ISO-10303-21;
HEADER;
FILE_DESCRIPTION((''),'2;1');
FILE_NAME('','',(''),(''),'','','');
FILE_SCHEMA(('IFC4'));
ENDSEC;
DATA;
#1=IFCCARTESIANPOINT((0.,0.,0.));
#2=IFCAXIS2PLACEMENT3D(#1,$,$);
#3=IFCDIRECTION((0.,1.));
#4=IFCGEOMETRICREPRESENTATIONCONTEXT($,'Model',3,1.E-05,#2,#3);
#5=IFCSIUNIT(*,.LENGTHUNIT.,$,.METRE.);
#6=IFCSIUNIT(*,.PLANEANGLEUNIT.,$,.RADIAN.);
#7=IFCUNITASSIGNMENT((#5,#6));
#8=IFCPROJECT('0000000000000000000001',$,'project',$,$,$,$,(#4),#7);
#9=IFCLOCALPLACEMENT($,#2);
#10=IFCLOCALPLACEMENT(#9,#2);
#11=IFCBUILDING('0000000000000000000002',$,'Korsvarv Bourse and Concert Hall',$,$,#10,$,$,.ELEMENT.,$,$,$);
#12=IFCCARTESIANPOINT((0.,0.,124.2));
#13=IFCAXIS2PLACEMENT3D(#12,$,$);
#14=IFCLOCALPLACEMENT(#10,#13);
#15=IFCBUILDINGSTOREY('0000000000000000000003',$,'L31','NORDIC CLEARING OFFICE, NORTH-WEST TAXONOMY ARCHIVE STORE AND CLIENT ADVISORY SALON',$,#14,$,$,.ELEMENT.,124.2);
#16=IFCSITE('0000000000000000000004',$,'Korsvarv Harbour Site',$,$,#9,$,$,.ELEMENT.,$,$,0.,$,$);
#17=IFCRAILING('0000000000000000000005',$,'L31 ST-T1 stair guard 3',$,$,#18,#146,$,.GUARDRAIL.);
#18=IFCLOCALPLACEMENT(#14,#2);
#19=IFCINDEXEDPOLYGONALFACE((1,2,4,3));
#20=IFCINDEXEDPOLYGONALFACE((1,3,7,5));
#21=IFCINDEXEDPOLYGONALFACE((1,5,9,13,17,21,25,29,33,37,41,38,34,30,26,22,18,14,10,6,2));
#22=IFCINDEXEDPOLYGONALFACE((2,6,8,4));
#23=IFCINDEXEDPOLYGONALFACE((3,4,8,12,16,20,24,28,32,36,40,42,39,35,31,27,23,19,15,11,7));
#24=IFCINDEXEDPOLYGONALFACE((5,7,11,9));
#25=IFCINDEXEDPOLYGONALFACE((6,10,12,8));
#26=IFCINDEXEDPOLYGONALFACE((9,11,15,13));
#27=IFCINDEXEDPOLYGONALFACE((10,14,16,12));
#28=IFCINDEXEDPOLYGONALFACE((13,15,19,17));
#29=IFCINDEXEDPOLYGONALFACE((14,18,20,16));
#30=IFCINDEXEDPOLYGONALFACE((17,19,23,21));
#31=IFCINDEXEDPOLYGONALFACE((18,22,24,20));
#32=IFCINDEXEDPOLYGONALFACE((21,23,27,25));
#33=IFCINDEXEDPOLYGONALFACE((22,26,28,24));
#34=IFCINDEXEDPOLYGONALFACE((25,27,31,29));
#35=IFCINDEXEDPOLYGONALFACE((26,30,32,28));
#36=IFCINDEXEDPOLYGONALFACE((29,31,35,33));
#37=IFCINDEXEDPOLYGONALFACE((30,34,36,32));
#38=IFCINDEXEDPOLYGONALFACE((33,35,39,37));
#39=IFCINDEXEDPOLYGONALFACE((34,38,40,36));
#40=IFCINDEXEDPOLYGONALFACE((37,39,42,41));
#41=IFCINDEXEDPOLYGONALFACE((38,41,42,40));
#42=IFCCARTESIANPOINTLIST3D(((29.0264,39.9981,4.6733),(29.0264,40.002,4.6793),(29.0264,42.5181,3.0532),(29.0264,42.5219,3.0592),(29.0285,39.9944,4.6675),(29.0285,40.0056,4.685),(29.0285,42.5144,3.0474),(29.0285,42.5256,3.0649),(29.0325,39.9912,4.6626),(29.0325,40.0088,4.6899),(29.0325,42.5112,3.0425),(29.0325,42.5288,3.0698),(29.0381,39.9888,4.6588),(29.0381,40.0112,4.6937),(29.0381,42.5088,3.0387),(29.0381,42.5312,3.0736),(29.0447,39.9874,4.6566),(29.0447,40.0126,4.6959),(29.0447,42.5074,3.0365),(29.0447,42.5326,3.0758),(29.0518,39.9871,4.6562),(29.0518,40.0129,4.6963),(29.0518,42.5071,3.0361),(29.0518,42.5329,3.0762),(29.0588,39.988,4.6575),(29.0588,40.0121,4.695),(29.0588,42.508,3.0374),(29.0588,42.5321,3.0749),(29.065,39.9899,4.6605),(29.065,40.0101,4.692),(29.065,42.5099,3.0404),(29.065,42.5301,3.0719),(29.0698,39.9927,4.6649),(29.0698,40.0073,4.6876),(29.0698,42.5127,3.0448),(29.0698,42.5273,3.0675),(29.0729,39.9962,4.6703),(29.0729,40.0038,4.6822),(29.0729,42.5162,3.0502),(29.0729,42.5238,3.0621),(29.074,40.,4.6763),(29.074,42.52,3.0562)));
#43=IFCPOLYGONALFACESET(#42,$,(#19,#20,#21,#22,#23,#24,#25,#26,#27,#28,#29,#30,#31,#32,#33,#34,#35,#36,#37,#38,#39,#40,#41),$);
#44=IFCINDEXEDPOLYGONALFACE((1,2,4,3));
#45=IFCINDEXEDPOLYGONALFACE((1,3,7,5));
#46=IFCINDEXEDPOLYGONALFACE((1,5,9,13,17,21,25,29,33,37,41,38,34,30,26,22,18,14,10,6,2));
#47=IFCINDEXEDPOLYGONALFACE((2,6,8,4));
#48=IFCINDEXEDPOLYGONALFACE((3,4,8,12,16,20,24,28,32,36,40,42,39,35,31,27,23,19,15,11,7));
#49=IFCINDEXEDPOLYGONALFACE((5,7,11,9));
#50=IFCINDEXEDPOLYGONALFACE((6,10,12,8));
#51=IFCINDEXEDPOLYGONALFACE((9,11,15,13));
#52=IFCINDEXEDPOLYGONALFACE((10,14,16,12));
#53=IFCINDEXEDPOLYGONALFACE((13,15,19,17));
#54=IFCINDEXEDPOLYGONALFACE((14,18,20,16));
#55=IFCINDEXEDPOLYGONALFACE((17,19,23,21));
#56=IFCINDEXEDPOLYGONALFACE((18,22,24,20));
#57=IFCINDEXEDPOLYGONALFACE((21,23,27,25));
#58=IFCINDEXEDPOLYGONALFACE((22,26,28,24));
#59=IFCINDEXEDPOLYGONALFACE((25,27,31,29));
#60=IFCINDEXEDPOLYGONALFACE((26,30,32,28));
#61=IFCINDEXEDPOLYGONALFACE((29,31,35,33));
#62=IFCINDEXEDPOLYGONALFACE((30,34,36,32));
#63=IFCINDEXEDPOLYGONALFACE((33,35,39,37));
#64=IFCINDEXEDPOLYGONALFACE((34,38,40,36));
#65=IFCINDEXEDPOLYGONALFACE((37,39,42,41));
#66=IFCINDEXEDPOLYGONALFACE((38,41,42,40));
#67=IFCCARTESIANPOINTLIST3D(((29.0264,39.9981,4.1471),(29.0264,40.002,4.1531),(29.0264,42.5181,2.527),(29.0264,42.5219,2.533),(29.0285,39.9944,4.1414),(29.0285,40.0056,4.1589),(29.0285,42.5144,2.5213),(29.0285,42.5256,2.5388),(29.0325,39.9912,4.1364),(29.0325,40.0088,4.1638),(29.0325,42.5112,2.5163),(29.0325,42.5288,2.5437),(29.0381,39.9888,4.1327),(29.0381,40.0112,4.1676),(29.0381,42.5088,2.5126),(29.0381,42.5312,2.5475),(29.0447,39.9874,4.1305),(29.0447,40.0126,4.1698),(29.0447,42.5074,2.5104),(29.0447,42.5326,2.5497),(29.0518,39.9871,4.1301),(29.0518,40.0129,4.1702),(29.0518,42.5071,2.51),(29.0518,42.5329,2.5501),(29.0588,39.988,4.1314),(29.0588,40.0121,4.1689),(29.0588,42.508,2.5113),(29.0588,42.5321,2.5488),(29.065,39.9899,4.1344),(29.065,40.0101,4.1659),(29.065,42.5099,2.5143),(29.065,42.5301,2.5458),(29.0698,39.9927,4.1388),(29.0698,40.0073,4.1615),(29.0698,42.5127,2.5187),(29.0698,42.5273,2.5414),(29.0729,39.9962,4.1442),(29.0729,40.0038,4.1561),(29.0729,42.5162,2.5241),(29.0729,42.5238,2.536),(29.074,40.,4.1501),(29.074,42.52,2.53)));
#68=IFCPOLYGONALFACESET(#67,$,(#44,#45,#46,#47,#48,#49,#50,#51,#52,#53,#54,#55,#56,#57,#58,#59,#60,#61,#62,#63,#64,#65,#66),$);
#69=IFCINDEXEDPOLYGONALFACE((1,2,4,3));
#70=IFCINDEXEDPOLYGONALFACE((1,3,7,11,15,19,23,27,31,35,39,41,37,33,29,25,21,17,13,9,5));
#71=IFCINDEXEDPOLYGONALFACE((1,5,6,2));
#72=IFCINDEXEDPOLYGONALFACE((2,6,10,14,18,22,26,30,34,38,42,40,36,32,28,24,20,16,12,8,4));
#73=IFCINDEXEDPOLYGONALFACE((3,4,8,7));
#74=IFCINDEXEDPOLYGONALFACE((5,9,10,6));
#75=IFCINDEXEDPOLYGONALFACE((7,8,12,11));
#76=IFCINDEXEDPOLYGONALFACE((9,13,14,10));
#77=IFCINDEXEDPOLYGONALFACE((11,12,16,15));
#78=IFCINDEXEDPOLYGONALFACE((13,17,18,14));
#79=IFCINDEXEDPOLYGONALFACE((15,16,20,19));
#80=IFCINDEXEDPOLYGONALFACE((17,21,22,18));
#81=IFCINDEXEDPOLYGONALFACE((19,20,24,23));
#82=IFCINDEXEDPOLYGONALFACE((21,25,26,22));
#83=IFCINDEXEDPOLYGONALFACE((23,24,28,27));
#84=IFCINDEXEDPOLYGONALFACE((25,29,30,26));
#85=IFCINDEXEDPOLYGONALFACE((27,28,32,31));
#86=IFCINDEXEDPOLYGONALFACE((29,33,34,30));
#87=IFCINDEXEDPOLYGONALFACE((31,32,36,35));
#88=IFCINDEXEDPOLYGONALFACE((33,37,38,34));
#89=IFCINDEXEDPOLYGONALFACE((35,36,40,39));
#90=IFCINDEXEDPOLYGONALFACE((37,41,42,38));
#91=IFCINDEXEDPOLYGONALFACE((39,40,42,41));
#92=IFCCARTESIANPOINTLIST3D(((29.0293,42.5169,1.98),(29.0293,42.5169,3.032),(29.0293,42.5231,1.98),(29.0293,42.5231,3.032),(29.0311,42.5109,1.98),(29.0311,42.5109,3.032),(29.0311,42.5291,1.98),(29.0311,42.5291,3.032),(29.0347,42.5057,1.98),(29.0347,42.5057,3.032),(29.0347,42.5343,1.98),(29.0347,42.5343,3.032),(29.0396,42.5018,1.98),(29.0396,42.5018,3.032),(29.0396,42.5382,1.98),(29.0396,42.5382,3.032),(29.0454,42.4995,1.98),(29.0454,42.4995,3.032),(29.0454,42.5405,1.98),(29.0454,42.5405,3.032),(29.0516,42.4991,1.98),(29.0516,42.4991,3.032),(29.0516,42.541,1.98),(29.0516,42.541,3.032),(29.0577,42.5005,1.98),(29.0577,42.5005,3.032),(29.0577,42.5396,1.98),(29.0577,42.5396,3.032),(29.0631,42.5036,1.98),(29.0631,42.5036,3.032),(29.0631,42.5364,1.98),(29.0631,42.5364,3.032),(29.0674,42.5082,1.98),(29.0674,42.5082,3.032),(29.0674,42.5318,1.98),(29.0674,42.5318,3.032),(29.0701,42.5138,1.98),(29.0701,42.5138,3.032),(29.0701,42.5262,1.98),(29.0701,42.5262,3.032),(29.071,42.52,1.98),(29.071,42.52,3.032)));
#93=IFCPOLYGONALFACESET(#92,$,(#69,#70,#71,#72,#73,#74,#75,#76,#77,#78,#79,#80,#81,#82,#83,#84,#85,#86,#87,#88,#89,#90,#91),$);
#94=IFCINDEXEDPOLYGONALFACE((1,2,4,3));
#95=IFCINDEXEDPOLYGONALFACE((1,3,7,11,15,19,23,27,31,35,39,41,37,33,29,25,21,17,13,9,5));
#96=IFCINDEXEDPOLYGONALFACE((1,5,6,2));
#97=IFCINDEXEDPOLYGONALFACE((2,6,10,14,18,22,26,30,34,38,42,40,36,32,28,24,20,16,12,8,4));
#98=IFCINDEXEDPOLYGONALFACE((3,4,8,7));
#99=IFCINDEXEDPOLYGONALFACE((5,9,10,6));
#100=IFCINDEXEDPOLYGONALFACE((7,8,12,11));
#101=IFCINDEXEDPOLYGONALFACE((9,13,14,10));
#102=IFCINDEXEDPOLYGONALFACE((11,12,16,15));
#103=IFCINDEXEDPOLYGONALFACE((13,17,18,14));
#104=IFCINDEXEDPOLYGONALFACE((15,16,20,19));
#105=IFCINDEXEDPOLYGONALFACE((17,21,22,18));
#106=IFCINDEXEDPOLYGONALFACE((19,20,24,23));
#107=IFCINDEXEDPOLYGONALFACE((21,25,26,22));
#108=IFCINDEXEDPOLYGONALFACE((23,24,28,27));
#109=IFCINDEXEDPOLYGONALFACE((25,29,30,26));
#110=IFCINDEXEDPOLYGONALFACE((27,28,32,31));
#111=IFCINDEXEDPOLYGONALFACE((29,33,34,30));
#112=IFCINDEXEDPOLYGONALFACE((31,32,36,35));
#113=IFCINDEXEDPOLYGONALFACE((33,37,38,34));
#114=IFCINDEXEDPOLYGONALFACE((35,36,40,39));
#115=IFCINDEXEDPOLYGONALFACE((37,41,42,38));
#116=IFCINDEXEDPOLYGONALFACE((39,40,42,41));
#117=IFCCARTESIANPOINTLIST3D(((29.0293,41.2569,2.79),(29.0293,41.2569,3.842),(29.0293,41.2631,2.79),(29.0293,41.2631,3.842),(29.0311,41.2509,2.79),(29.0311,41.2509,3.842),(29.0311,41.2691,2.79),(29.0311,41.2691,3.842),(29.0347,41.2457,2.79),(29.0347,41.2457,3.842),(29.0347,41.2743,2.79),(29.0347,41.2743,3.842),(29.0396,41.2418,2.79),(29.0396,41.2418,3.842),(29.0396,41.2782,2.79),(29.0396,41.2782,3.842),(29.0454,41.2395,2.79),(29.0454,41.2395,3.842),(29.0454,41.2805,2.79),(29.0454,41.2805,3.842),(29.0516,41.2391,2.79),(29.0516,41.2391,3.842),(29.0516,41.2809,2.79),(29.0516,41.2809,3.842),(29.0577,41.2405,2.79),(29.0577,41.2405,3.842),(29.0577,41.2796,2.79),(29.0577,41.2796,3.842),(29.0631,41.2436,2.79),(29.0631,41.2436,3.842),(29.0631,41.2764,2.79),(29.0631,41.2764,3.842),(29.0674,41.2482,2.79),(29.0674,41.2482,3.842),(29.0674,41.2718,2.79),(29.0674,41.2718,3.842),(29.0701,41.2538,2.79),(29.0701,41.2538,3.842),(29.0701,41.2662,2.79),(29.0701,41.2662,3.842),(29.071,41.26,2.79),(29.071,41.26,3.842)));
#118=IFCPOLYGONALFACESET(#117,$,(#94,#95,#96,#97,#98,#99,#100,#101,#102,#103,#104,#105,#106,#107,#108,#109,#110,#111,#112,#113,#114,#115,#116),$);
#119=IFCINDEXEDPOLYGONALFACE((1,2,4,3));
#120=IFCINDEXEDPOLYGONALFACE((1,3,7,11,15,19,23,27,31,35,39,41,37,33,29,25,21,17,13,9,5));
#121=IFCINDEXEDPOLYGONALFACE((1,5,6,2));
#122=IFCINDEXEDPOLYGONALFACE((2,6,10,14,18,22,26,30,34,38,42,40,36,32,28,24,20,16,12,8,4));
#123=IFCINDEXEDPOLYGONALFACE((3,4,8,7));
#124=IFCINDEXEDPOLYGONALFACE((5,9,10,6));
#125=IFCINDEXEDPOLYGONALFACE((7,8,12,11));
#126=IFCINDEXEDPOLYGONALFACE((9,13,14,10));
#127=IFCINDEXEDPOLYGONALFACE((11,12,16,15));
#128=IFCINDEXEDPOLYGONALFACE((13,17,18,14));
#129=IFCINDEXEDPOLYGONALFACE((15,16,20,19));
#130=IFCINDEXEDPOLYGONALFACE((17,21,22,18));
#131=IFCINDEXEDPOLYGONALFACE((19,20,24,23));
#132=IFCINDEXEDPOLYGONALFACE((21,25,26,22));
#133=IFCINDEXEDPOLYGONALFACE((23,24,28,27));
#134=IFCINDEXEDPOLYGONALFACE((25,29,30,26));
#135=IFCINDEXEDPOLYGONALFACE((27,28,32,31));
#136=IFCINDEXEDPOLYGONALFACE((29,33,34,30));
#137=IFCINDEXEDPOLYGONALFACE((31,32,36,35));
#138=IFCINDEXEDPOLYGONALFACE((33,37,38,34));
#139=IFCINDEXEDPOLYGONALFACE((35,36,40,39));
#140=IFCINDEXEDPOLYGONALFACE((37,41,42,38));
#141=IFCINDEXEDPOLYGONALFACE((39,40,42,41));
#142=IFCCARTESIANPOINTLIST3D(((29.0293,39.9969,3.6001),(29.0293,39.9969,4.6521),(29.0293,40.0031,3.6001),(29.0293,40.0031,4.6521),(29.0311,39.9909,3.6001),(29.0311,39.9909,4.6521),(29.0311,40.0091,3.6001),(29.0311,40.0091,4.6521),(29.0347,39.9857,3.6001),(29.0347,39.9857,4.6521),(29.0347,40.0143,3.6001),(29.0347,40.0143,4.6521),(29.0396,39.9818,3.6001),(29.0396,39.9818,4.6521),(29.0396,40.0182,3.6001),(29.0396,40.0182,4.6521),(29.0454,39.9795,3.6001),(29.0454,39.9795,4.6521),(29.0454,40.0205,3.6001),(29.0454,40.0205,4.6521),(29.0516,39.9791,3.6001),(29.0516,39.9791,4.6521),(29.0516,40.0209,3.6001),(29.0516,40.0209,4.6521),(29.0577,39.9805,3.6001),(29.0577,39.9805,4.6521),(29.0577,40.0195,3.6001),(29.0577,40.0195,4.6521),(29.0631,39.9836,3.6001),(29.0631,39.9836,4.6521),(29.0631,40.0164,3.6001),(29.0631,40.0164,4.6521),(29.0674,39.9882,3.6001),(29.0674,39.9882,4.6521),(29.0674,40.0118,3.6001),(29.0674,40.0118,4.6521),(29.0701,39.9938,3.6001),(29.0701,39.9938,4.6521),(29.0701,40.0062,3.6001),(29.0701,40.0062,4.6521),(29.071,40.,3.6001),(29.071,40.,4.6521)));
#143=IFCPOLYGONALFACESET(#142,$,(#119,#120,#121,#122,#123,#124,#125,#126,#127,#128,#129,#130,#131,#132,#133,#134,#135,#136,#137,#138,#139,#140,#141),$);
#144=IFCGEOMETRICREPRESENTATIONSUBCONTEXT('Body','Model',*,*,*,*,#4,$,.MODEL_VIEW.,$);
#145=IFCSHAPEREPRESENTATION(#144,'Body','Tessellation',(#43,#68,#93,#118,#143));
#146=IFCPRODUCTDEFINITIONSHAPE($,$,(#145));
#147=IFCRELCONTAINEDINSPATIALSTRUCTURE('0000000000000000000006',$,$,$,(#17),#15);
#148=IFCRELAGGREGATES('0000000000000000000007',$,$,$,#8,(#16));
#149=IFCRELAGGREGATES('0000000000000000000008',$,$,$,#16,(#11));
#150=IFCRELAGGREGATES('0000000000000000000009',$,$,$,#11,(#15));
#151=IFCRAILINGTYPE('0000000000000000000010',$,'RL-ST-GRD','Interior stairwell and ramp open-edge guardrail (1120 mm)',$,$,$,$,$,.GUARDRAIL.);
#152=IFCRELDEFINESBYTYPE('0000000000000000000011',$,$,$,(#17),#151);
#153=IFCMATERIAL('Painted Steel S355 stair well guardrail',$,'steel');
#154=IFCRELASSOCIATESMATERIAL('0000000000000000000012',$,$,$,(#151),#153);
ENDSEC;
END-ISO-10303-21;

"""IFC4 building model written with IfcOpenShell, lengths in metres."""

from ifc_helpers import new_model, si_unit, direction, frame, origin, origin_2d, place, context, subcontext, project, spatial, circle, extrude, material, type_object, element, save


model = new_model("IFC4")

# Units and contexts
model_context = context("Model", 3, precision=1e-05, world=origin(), true_north=direction((0.0, 1.0)))
body_context = subcontext(model_context, "Body", "Model", "MODEL_VIEW")
ifc_project = project(units=[si_unit("LENGTHUNIT", "METRE"), si_unit("PLANEANGLEUNIT", "RADIAN")], contexts=[model_context])

# Site, building, storey
site_placement = place(None, origin())
site = spatial("IfcSite", under=ifc_project, at=site_placement, Name="Korsvarv Harbour Site", CompositionType="ELEMENT", RefElevation=0.0)
building_placement = place(site_placement, origin())
building = spatial("IfcBuilding", under=site, at=building_placement, Name="Korsvarv Bourse and Concert Hall", CompositionType="ELEMENT")
storey_placement = place(building_placement, frame((0.0, 0.0, 124.2)))
storey = spatial("IfcBuildingStorey", under=building, at=storey_placement, Name="L31", Description="NORDIC CLEARING OFFICE, NORTH-WEST TAXONOMY ARCHIVE STORE AND CLIENT ADVISORY SALON", CompositionType="ELEMENT", Elevation=124.2)

# Railing
ifc_material_1 = material(Name="Painted Steel S355 stair well guardrail", Category="steel")
railing_type_1 = type_object("IfcRailingType", Name="RL-ST-GRD", Description="Interior stairwell and ramp open-edge guardrail (1120 mm)", PredefinedType="GUARDRAIL", material=ifc_material_1)
railing_1_placement = place(storey_placement, frame((29.05, 42.52, 1.98)))
element("IfcRailing", 1, at=railing_1_placement, inside=storey, type_object=railing_type_1, Name="L31 ST-T1 stair guard 3", PredefinedType="GUARDRAIL", context=body_context, shape_type="SweptSolid", body=[
    extrude(circle(Radius=0.0239, at=origin_2d()), frame((0.0, 0.0, 1.0762), z_axis=(0.0, -0.841163, 0.540782), x_axis=(1.0, 0.0, 0.0)), (0.0, 0.0, 1.0), 2.9958),
    extrude(circle(Radius=0.0239, at=origin_2d()), frame((0.0, 0.0, 0.55), z_axis=(0.0, -0.841163, 0.540782), x_axis=(1.0, 0.0, 0.0)), (0.0, 0.0, 1.0), 2.9958),
    extrude(circle(Radius=0.021, at=origin_2d()), origin(), (0.0, 0.0, 1.0), 1.052),
    extrude(circle(Radius=0.021, at=origin_2d()), frame((0.0, -1.26, 0.8101)), (0.0, 0.0, 1.0), 1.052),
    extrude(circle(Radius=0.021, at=origin_2d()), frame((0.0, -2.52, 1.6201)), (0.0, 0.0, 1.0), 1.052),
])

save(model, "model.ifc")
